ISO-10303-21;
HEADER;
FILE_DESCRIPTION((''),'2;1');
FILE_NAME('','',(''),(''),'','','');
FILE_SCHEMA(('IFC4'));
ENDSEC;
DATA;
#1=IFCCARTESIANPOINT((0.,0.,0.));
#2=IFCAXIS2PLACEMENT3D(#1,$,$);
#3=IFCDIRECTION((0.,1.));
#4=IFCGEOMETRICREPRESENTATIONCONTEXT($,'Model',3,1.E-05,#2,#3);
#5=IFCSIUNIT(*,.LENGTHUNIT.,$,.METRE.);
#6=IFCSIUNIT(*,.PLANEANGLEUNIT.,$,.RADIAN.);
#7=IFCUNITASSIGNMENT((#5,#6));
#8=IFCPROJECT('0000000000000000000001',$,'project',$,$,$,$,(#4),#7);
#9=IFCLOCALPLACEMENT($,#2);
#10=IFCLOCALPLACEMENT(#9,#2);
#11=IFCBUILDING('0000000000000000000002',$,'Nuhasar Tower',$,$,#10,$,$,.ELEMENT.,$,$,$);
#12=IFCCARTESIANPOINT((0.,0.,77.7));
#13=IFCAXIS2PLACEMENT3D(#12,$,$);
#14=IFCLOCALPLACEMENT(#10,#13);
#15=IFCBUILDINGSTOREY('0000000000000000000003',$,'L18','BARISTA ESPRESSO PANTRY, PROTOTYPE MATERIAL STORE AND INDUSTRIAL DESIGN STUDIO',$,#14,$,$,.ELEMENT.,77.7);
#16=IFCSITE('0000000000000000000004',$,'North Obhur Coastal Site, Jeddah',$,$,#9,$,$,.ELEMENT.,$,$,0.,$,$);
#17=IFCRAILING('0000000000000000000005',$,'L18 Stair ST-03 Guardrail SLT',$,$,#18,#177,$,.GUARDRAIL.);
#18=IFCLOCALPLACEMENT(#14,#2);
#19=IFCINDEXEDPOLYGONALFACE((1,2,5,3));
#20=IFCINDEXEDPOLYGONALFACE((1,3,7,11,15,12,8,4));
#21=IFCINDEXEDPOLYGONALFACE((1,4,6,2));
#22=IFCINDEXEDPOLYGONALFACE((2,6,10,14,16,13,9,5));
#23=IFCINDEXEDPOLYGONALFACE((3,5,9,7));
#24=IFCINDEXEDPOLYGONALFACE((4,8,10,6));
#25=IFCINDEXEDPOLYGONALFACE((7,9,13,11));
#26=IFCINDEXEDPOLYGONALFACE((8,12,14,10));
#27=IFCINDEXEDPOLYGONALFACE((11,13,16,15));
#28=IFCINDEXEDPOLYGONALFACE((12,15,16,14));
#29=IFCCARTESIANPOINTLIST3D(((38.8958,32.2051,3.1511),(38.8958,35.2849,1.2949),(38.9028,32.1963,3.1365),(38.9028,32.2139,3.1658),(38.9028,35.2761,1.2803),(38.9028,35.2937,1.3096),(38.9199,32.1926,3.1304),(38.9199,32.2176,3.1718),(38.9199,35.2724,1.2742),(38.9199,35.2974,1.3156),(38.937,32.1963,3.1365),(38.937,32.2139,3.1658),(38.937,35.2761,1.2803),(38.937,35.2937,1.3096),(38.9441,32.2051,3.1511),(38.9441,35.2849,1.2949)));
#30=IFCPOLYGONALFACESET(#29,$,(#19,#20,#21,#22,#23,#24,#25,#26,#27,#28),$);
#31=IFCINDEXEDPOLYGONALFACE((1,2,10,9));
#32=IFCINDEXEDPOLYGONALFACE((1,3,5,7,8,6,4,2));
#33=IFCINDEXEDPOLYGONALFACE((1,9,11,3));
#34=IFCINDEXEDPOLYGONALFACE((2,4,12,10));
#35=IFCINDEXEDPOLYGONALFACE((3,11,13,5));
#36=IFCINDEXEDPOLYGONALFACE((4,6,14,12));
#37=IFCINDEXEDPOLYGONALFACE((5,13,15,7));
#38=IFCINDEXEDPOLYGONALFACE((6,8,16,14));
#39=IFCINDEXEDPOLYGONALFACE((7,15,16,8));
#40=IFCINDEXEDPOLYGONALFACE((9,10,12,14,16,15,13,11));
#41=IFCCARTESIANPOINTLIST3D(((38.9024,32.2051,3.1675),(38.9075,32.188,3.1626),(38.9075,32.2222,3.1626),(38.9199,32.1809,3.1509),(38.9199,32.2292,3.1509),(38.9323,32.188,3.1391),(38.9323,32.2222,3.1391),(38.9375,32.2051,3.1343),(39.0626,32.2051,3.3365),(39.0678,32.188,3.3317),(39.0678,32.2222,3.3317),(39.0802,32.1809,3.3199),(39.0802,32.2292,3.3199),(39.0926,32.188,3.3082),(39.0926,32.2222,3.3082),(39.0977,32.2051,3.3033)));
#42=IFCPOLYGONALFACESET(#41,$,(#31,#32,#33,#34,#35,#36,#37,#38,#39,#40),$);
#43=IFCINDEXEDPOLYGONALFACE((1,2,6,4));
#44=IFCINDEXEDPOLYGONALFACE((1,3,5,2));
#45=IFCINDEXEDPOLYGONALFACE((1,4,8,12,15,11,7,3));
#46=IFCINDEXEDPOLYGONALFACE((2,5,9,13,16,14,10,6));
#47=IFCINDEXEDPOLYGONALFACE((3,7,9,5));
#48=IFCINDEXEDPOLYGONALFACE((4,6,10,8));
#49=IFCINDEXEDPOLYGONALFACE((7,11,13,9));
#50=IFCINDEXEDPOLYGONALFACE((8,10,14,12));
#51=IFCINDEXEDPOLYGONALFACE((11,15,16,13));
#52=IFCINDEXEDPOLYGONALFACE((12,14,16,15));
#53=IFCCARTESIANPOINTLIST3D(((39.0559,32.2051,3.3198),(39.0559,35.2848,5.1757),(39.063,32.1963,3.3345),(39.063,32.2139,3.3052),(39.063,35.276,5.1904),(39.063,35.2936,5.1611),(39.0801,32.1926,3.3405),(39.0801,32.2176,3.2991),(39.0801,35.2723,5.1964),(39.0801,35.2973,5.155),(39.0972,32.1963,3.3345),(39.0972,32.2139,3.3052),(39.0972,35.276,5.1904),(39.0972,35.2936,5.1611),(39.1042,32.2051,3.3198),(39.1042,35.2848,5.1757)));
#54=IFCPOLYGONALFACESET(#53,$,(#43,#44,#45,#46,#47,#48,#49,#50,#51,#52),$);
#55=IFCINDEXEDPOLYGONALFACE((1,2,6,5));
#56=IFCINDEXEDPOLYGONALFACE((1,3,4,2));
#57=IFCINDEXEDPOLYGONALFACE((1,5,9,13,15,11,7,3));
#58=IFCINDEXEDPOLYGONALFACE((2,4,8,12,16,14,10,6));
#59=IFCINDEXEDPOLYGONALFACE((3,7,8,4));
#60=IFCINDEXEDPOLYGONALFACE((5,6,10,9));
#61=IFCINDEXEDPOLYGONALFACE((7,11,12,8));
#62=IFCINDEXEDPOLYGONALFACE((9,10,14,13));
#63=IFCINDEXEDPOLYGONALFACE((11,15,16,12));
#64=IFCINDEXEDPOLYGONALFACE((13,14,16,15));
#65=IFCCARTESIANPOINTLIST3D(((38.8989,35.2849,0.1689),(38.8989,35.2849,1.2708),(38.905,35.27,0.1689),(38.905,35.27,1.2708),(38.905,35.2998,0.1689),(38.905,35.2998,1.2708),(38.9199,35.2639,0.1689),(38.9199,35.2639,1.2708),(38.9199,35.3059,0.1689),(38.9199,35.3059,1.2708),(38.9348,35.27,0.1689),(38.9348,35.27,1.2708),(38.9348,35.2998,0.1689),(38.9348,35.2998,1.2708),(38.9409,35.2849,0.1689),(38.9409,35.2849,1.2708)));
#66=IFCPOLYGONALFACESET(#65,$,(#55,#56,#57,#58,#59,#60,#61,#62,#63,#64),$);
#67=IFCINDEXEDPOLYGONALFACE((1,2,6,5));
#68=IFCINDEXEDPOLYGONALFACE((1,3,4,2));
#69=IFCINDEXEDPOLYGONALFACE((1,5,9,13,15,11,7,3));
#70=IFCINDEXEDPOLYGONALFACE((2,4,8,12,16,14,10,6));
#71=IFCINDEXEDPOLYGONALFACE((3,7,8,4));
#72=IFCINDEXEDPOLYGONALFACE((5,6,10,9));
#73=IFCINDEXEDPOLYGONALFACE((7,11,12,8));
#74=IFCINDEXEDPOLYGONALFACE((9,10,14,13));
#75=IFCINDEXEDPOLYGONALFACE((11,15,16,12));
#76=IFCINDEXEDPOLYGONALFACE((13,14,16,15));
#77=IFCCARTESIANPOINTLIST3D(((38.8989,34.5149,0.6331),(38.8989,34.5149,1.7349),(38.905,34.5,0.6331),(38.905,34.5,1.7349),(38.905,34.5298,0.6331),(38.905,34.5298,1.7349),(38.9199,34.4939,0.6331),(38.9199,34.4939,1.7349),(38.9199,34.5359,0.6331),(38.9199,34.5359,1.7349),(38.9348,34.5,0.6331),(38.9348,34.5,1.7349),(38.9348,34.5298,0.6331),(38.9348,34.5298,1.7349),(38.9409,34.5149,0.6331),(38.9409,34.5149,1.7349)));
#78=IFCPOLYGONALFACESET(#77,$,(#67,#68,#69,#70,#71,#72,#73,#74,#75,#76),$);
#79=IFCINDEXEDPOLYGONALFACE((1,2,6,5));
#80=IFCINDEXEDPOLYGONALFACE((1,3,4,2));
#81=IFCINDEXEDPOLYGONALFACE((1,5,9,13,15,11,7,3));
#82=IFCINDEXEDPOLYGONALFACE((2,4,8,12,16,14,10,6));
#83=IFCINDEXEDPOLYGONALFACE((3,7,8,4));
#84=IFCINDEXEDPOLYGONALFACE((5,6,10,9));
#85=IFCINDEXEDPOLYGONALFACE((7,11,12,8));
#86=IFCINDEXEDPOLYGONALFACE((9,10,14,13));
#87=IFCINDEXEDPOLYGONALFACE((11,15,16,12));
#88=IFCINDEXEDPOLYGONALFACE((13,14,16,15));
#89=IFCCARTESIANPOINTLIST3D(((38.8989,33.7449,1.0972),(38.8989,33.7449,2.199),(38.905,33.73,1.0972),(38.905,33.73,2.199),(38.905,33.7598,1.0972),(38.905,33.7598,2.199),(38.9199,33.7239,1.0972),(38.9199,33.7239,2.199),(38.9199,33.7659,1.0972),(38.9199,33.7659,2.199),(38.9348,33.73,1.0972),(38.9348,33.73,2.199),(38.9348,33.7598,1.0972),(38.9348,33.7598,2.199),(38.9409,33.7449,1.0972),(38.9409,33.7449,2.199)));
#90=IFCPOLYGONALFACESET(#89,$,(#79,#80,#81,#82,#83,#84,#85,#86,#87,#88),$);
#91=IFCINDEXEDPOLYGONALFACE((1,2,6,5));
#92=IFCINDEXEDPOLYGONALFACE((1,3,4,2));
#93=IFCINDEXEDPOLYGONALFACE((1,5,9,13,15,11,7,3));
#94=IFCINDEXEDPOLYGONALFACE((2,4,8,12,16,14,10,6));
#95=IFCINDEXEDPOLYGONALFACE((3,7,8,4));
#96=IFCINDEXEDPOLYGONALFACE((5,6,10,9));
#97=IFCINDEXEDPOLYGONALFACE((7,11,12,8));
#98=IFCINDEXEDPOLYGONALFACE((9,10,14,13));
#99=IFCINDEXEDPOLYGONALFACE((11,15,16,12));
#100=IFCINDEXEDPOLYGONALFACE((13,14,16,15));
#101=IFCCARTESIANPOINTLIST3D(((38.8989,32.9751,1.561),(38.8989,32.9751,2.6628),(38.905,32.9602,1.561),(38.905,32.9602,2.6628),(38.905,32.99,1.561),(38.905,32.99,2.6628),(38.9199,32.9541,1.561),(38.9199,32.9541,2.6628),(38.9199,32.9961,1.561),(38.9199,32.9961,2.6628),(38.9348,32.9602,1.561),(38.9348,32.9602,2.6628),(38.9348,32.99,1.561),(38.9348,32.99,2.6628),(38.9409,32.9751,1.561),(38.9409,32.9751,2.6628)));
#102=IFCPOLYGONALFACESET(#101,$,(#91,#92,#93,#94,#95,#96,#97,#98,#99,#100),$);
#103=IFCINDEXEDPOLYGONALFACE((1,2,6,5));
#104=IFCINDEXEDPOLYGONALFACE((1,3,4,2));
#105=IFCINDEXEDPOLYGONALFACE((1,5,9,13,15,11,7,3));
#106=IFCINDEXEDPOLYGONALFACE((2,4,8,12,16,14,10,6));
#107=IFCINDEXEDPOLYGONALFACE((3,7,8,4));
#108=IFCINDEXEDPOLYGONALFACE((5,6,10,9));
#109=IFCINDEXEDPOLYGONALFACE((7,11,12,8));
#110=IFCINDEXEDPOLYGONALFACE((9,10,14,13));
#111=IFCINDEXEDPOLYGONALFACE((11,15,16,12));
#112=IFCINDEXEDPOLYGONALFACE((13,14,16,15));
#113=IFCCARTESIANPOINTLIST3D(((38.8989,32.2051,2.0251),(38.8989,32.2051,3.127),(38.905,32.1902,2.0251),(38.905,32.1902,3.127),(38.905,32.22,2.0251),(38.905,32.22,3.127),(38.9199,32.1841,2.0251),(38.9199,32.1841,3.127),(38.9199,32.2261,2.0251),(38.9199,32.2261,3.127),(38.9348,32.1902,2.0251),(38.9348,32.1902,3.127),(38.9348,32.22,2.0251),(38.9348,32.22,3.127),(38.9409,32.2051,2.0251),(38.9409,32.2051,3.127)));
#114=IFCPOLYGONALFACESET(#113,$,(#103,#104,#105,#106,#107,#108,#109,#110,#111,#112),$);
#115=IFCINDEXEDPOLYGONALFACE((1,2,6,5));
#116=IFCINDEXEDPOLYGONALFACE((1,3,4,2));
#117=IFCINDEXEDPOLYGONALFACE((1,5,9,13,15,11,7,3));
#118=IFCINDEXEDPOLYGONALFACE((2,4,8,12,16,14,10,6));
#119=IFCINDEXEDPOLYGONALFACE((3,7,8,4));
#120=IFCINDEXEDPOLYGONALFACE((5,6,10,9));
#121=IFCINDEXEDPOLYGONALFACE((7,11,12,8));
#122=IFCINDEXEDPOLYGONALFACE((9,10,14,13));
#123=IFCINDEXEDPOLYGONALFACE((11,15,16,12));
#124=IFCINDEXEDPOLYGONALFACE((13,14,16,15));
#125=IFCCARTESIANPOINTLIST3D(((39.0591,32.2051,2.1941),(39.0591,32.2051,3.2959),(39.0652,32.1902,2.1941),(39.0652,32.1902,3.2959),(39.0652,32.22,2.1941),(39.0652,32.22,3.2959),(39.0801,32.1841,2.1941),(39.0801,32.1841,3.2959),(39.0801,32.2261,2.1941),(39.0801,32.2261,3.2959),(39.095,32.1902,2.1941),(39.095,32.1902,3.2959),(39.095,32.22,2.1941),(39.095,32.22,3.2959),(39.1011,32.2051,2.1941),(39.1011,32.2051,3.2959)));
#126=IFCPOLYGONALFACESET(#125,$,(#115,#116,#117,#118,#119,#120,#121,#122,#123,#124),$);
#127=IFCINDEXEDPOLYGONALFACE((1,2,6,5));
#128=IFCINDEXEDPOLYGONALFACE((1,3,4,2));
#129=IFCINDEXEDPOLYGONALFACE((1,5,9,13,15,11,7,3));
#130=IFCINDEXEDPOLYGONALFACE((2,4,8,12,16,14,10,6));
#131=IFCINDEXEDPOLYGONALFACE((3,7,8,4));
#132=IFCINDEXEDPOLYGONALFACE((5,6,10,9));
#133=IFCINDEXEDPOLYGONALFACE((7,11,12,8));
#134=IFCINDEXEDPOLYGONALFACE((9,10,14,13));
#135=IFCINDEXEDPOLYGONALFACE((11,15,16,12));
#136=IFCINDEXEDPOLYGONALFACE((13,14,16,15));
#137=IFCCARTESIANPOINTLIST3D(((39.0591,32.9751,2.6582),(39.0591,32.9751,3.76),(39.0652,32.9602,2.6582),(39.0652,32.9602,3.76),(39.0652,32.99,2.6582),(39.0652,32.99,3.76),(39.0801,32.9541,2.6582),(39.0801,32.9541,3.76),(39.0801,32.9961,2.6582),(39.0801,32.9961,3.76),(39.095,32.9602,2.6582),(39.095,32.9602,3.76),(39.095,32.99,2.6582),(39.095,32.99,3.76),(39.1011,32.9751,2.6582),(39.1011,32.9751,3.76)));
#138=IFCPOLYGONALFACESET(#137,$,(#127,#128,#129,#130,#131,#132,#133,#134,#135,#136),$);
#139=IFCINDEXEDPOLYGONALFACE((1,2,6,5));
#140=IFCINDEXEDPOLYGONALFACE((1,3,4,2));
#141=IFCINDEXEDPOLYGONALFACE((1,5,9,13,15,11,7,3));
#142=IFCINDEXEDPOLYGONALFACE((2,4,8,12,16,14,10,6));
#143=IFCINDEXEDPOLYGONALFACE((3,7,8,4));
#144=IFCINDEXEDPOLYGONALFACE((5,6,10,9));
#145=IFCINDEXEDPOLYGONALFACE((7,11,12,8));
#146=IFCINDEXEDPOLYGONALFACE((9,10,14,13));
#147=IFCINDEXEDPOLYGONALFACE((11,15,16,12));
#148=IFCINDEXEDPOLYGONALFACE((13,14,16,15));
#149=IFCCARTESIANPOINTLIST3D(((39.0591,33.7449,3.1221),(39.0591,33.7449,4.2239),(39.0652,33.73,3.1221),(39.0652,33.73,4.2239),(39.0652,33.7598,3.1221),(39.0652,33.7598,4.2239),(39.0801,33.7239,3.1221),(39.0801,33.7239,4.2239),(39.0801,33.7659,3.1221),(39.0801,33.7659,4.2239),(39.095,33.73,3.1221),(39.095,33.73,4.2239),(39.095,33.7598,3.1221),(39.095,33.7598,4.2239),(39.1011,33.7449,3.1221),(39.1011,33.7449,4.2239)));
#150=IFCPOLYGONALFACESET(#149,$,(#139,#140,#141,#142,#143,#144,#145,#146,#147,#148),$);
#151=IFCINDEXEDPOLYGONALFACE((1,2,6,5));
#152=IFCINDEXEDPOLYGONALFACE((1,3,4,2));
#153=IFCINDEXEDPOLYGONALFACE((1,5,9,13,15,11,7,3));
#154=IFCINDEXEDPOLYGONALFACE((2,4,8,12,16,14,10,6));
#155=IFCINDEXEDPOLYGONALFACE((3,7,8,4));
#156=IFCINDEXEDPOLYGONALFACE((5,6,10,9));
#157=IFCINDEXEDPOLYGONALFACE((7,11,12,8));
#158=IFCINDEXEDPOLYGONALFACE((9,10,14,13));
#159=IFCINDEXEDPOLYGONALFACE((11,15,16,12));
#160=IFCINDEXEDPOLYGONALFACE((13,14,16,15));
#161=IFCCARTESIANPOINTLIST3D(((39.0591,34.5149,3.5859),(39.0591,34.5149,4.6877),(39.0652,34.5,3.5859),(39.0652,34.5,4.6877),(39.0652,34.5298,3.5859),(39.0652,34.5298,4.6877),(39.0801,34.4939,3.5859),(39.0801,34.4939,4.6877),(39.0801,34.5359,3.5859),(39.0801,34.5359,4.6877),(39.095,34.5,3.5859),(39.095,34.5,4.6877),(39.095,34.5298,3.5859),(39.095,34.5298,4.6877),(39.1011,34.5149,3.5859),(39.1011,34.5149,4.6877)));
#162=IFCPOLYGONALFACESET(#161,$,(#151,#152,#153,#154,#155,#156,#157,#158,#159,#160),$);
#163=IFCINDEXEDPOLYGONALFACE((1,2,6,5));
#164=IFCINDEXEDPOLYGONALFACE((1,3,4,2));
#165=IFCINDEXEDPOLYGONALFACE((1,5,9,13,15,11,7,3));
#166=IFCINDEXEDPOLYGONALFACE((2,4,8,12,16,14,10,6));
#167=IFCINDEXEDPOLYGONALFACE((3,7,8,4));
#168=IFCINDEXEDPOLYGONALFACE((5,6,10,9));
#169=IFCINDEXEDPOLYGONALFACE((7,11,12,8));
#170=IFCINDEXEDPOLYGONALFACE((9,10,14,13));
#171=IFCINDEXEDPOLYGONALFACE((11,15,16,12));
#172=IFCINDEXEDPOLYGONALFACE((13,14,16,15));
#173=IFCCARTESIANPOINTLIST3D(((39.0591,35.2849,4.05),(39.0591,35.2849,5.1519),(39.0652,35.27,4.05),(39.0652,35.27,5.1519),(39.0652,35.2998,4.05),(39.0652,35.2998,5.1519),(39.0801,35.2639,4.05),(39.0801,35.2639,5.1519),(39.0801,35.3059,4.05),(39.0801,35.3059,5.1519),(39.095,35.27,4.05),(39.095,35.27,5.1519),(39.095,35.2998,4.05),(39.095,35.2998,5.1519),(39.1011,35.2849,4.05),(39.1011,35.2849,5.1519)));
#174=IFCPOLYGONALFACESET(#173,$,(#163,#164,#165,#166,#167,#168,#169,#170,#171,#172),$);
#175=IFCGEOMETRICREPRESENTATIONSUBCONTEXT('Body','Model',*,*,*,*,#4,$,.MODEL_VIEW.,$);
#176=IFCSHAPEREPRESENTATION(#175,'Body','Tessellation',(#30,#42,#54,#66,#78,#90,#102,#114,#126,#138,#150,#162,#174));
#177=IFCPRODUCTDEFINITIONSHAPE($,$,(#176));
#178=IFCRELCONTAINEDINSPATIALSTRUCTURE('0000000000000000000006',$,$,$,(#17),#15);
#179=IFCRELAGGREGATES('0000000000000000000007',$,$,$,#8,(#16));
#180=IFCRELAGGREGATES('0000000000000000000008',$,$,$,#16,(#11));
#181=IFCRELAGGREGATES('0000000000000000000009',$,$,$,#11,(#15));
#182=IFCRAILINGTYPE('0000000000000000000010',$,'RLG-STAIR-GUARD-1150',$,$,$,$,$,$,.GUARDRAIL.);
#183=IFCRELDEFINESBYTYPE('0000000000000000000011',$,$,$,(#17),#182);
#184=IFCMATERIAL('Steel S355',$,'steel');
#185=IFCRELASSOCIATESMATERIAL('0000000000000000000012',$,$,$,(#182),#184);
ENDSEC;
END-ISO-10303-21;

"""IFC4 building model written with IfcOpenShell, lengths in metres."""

from ifc_helpers import new_model, si_unit, direction, frame, origin, place, context, subcontext, project, spatial, polyline, outline, extrude, material, type_object, element, save


model = new_model("IFC4")

# Units and contexts
model_context = context("Model", 3, precision=1e-05, world=origin(), true_north=direction((0.0, 1.0)))
body_context = subcontext(model_context, "Body", "Model", "MODEL_VIEW")
ifc_project = project(units=[si_unit("LENGTHUNIT", "METRE"), si_unit("PLANEANGLEUNIT", "RADIAN")], contexts=[model_context])

# Site, building, storey
site_placement = place(None, origin())
site = spatial("IfcSite", under=ifc_project, at=site_placement, Name="North Obhur Coastal Site, Jeddah", CompositionType="ELEMENT", RefElevation=0.0)
building_placement = place(site_placement, origin())
building = spatial("IfcBuilding", under=site, at=building_placement, Name="Nuhasar Tower", CompositionType="ELEMENT")
storey_placement = place(building_placement, frame((0.0, 0.0, 77.7)))
storey = spatial("IfcBuildingStorey", under=building, at=storey_placement, Name="L18", Description="BARISTA ESPRESSO PANTRY, PROTOTYPE MATERIAL STORE AND INDUSTRIAL DESIGN STUDIO", CompositionType="ELEMENT", Elevation=77.7)

# Shared definitions
ifc_material_1 = material(Name="Steel S355", Category="steel")

# Railing
railing_type_1 = type_object("IfcRailingType", Name="RLG-STAIR-GUARD-1150", PredefinedType="GUARDRAIL", material=ifc_material_1)
railing_1_placement = place(storey_placement, frame((38.9199, 35.2849, 0.1689)))
element("IfcRailing", 1, at=railing_1_placement, inside=storey, type_object=railing_type_1, Name="L18 Stair ST-03 Guardrail SLT", PredefinedType="GUARDRAIL", context=body_context, shape_type="SweptSolid", body=[
    extrude(outline(polyline([(0.0242, 0.0), (0.0171, 0.0171), (0.0, 0.0242), (-0.0171, 0.0171), (-0.0242, 0.0), (-0.0171, -0.0171), (0.0, -0.0242), (0.0171, -0.0171), (0.0242, 0.0)])), frame((0.0, 0.0, 1.126), z_axis=(0.0, -0.856473, 0.516192), x_axis=(1.0, 0.0, 0.0)), (0.0, 0.0, 1.0), 3.5959),
    extrude(outline(polyline([(0.0242, 0.0), (0.0171, 0.0171), (0.0, 0.0242), (-0.0171, 0.0171), (-0.0242, 0.0), (-0.0171, -0.0171), (0.0, -0.0242), (0.0171, -0.0171), (0.0242, 0.0)])), frame((0.0, -3.0798, 2.9819), z_axis=(0.687977, 0.0, 0.725732), x_axis=(0.0, 1.0, 0.0)), (0.0, 0.0, 1.0), 0.2329),
    extrude(outline(polyline([(0.0242, 0.0), (0.0171, 0.0171), (0.0, 0.0242), (-0.0171, 0.0171), (-0.0242, 0.0), (-0.0171, -0.0171), (0.0, -0.0242), (0.0171, -0.0171), (0.0242, 0.0)])), frame((0.1602, -3.0798, 3.1509), z_axis=(0.0, 0.856503, 0.516142), x_axis=(-1.0, 0.0, 0.0)), (0.0, 0.0, 1.0), 3.5957),
    extrude(outline(polyline([(0.021, 0.0), (0.0149, 0.0149), (0.0, 0.021), (-0.0149, 0.0149), (-0.021, 0.0), (-0.0149, -0.0149), (0.0, -0.021), (0.0149, -0.0149), (0.021, 0.0)])), origin(), (0.0, 0.0, 1.0), 1.1018),
    extrude(outline(polyline([(0.021, 0.0), (0.0149, 0.0149), (0.0, 0.021), (-0.0149, 0.0149), (-0.021, 0.0), (-0.0149, -0.0149), (0.0, -0.021), (0.0149, -0.0149), (0.021, 0.0)])), frame((0.0, -0.77, 0.4641)), (0.0, 0.0, 1.0), 1.1018),
    extrude(outline(polyline([(0.021, 0.0), (0.0149, 0.0149), (0.0, 0.021), (-0.0149, 0.0149), (-0.021, 0.0), (-0.0149, -0.0149), (0.0, -0.021), (0.0149, -0.0149), (0.021, 0.0)])), frame((0.0, -1.54, 0.9282)), (0.0, 0.0, 1.0), 1.1018),
    extrude(outline(polyline([(0.021, 0.0), (0.0149, 0.0149), (0.0, 0.021), (-0.0149, 0.0149), (-0.021, 0.0), (-0.0149, -0.0149), (0.0, -0.021), (0.0149, -0.0149), (0.021, 0.0)])), frame((0.0, -2.3098, 1.3921)), (0.0, 0.0, 1.0), 1.1018),
    extrude(outline(polyline([(0.021, 0.0), (0.0149, 0.0149), (0.0, 0.021), (-0.0149, 0.0149), (-0.021, 0.0), (-0.0149, -0.0149), (0.0, -0.021), (0.0149, -0.0149), (0.021, 0.0)])), frame((0.0, -3.0798, 1.8562)), (0.0, 0.0, 1.0), 1.1018),
    extrude(outline(polyline([(0.021, 0.0), (0.0149, 0.0149), (0.0, 0.021), (-0.0149, 0.0149), (-0.021, 0.0), (-0.0149, -0.0149), (0.0, -0.021), (0.0149, -0.0149), (0.021, 0.0)])), frame((0.1602, -3.0798, 2.0251)), (0.0, 0.0, 1.0), 1.1018),
    extrude(outline(polyline([(0.021, 0.0), (0.0149, 0.0149), (0.0, 0.021), (-0.0149, 0.0149), (-0.021, 0.0), (-0.0149, -0.0149), (0.0, -0.021), (0.0149, -0.0149), (0.021, 0.0)])), frame((0.1602, -2.3098, 2.4893)), (0.0, 0.0, 1.0), 1.1018),
    extrude(outline(polyline([(0.021, 0.0), (0.0149, 0.0149), (0.0, 0.021), (-0.0149, 0.0149), (-0.021, 0.0), (-0.0149, -0.0149), (0.0, -0.021), (0.0149, -0.0149), (0.021, 0.0)])), frame((0.1602, -1.54, 2.9531)), (0.0, 0.0, 1.0), 1.1018),
    extrude(outline(polyline([(0.021, 0.0), (0.0149, 0.0149), (0.0, 0.021), (-0.0149, 0.0149), (-0.021, 0.0), (-0.0149, -0.0149), (0.0, -0.021), (0.0149, -0.0149), (0.021, 0.0)])), frame((0.1602, -0.77, 3.417)), (0.0, 0.0, 1.0), 1.1018),
    extrude(outline(polyline([(0.021, 0.0), (0.0149, 0.0149), (0.0, 0.021), (-0.0149, 0.0149), (-0.021, 0.0), (-0.0149, -0.0149), (0.0, -0.021), (0.0149, -0.0149), (0.021, 0.0)])), frame((0.1602, 0.0, 3.8811)), (0.0, 0.0, 1.0), 1.1018),
])

save(model, "model.ifc")
